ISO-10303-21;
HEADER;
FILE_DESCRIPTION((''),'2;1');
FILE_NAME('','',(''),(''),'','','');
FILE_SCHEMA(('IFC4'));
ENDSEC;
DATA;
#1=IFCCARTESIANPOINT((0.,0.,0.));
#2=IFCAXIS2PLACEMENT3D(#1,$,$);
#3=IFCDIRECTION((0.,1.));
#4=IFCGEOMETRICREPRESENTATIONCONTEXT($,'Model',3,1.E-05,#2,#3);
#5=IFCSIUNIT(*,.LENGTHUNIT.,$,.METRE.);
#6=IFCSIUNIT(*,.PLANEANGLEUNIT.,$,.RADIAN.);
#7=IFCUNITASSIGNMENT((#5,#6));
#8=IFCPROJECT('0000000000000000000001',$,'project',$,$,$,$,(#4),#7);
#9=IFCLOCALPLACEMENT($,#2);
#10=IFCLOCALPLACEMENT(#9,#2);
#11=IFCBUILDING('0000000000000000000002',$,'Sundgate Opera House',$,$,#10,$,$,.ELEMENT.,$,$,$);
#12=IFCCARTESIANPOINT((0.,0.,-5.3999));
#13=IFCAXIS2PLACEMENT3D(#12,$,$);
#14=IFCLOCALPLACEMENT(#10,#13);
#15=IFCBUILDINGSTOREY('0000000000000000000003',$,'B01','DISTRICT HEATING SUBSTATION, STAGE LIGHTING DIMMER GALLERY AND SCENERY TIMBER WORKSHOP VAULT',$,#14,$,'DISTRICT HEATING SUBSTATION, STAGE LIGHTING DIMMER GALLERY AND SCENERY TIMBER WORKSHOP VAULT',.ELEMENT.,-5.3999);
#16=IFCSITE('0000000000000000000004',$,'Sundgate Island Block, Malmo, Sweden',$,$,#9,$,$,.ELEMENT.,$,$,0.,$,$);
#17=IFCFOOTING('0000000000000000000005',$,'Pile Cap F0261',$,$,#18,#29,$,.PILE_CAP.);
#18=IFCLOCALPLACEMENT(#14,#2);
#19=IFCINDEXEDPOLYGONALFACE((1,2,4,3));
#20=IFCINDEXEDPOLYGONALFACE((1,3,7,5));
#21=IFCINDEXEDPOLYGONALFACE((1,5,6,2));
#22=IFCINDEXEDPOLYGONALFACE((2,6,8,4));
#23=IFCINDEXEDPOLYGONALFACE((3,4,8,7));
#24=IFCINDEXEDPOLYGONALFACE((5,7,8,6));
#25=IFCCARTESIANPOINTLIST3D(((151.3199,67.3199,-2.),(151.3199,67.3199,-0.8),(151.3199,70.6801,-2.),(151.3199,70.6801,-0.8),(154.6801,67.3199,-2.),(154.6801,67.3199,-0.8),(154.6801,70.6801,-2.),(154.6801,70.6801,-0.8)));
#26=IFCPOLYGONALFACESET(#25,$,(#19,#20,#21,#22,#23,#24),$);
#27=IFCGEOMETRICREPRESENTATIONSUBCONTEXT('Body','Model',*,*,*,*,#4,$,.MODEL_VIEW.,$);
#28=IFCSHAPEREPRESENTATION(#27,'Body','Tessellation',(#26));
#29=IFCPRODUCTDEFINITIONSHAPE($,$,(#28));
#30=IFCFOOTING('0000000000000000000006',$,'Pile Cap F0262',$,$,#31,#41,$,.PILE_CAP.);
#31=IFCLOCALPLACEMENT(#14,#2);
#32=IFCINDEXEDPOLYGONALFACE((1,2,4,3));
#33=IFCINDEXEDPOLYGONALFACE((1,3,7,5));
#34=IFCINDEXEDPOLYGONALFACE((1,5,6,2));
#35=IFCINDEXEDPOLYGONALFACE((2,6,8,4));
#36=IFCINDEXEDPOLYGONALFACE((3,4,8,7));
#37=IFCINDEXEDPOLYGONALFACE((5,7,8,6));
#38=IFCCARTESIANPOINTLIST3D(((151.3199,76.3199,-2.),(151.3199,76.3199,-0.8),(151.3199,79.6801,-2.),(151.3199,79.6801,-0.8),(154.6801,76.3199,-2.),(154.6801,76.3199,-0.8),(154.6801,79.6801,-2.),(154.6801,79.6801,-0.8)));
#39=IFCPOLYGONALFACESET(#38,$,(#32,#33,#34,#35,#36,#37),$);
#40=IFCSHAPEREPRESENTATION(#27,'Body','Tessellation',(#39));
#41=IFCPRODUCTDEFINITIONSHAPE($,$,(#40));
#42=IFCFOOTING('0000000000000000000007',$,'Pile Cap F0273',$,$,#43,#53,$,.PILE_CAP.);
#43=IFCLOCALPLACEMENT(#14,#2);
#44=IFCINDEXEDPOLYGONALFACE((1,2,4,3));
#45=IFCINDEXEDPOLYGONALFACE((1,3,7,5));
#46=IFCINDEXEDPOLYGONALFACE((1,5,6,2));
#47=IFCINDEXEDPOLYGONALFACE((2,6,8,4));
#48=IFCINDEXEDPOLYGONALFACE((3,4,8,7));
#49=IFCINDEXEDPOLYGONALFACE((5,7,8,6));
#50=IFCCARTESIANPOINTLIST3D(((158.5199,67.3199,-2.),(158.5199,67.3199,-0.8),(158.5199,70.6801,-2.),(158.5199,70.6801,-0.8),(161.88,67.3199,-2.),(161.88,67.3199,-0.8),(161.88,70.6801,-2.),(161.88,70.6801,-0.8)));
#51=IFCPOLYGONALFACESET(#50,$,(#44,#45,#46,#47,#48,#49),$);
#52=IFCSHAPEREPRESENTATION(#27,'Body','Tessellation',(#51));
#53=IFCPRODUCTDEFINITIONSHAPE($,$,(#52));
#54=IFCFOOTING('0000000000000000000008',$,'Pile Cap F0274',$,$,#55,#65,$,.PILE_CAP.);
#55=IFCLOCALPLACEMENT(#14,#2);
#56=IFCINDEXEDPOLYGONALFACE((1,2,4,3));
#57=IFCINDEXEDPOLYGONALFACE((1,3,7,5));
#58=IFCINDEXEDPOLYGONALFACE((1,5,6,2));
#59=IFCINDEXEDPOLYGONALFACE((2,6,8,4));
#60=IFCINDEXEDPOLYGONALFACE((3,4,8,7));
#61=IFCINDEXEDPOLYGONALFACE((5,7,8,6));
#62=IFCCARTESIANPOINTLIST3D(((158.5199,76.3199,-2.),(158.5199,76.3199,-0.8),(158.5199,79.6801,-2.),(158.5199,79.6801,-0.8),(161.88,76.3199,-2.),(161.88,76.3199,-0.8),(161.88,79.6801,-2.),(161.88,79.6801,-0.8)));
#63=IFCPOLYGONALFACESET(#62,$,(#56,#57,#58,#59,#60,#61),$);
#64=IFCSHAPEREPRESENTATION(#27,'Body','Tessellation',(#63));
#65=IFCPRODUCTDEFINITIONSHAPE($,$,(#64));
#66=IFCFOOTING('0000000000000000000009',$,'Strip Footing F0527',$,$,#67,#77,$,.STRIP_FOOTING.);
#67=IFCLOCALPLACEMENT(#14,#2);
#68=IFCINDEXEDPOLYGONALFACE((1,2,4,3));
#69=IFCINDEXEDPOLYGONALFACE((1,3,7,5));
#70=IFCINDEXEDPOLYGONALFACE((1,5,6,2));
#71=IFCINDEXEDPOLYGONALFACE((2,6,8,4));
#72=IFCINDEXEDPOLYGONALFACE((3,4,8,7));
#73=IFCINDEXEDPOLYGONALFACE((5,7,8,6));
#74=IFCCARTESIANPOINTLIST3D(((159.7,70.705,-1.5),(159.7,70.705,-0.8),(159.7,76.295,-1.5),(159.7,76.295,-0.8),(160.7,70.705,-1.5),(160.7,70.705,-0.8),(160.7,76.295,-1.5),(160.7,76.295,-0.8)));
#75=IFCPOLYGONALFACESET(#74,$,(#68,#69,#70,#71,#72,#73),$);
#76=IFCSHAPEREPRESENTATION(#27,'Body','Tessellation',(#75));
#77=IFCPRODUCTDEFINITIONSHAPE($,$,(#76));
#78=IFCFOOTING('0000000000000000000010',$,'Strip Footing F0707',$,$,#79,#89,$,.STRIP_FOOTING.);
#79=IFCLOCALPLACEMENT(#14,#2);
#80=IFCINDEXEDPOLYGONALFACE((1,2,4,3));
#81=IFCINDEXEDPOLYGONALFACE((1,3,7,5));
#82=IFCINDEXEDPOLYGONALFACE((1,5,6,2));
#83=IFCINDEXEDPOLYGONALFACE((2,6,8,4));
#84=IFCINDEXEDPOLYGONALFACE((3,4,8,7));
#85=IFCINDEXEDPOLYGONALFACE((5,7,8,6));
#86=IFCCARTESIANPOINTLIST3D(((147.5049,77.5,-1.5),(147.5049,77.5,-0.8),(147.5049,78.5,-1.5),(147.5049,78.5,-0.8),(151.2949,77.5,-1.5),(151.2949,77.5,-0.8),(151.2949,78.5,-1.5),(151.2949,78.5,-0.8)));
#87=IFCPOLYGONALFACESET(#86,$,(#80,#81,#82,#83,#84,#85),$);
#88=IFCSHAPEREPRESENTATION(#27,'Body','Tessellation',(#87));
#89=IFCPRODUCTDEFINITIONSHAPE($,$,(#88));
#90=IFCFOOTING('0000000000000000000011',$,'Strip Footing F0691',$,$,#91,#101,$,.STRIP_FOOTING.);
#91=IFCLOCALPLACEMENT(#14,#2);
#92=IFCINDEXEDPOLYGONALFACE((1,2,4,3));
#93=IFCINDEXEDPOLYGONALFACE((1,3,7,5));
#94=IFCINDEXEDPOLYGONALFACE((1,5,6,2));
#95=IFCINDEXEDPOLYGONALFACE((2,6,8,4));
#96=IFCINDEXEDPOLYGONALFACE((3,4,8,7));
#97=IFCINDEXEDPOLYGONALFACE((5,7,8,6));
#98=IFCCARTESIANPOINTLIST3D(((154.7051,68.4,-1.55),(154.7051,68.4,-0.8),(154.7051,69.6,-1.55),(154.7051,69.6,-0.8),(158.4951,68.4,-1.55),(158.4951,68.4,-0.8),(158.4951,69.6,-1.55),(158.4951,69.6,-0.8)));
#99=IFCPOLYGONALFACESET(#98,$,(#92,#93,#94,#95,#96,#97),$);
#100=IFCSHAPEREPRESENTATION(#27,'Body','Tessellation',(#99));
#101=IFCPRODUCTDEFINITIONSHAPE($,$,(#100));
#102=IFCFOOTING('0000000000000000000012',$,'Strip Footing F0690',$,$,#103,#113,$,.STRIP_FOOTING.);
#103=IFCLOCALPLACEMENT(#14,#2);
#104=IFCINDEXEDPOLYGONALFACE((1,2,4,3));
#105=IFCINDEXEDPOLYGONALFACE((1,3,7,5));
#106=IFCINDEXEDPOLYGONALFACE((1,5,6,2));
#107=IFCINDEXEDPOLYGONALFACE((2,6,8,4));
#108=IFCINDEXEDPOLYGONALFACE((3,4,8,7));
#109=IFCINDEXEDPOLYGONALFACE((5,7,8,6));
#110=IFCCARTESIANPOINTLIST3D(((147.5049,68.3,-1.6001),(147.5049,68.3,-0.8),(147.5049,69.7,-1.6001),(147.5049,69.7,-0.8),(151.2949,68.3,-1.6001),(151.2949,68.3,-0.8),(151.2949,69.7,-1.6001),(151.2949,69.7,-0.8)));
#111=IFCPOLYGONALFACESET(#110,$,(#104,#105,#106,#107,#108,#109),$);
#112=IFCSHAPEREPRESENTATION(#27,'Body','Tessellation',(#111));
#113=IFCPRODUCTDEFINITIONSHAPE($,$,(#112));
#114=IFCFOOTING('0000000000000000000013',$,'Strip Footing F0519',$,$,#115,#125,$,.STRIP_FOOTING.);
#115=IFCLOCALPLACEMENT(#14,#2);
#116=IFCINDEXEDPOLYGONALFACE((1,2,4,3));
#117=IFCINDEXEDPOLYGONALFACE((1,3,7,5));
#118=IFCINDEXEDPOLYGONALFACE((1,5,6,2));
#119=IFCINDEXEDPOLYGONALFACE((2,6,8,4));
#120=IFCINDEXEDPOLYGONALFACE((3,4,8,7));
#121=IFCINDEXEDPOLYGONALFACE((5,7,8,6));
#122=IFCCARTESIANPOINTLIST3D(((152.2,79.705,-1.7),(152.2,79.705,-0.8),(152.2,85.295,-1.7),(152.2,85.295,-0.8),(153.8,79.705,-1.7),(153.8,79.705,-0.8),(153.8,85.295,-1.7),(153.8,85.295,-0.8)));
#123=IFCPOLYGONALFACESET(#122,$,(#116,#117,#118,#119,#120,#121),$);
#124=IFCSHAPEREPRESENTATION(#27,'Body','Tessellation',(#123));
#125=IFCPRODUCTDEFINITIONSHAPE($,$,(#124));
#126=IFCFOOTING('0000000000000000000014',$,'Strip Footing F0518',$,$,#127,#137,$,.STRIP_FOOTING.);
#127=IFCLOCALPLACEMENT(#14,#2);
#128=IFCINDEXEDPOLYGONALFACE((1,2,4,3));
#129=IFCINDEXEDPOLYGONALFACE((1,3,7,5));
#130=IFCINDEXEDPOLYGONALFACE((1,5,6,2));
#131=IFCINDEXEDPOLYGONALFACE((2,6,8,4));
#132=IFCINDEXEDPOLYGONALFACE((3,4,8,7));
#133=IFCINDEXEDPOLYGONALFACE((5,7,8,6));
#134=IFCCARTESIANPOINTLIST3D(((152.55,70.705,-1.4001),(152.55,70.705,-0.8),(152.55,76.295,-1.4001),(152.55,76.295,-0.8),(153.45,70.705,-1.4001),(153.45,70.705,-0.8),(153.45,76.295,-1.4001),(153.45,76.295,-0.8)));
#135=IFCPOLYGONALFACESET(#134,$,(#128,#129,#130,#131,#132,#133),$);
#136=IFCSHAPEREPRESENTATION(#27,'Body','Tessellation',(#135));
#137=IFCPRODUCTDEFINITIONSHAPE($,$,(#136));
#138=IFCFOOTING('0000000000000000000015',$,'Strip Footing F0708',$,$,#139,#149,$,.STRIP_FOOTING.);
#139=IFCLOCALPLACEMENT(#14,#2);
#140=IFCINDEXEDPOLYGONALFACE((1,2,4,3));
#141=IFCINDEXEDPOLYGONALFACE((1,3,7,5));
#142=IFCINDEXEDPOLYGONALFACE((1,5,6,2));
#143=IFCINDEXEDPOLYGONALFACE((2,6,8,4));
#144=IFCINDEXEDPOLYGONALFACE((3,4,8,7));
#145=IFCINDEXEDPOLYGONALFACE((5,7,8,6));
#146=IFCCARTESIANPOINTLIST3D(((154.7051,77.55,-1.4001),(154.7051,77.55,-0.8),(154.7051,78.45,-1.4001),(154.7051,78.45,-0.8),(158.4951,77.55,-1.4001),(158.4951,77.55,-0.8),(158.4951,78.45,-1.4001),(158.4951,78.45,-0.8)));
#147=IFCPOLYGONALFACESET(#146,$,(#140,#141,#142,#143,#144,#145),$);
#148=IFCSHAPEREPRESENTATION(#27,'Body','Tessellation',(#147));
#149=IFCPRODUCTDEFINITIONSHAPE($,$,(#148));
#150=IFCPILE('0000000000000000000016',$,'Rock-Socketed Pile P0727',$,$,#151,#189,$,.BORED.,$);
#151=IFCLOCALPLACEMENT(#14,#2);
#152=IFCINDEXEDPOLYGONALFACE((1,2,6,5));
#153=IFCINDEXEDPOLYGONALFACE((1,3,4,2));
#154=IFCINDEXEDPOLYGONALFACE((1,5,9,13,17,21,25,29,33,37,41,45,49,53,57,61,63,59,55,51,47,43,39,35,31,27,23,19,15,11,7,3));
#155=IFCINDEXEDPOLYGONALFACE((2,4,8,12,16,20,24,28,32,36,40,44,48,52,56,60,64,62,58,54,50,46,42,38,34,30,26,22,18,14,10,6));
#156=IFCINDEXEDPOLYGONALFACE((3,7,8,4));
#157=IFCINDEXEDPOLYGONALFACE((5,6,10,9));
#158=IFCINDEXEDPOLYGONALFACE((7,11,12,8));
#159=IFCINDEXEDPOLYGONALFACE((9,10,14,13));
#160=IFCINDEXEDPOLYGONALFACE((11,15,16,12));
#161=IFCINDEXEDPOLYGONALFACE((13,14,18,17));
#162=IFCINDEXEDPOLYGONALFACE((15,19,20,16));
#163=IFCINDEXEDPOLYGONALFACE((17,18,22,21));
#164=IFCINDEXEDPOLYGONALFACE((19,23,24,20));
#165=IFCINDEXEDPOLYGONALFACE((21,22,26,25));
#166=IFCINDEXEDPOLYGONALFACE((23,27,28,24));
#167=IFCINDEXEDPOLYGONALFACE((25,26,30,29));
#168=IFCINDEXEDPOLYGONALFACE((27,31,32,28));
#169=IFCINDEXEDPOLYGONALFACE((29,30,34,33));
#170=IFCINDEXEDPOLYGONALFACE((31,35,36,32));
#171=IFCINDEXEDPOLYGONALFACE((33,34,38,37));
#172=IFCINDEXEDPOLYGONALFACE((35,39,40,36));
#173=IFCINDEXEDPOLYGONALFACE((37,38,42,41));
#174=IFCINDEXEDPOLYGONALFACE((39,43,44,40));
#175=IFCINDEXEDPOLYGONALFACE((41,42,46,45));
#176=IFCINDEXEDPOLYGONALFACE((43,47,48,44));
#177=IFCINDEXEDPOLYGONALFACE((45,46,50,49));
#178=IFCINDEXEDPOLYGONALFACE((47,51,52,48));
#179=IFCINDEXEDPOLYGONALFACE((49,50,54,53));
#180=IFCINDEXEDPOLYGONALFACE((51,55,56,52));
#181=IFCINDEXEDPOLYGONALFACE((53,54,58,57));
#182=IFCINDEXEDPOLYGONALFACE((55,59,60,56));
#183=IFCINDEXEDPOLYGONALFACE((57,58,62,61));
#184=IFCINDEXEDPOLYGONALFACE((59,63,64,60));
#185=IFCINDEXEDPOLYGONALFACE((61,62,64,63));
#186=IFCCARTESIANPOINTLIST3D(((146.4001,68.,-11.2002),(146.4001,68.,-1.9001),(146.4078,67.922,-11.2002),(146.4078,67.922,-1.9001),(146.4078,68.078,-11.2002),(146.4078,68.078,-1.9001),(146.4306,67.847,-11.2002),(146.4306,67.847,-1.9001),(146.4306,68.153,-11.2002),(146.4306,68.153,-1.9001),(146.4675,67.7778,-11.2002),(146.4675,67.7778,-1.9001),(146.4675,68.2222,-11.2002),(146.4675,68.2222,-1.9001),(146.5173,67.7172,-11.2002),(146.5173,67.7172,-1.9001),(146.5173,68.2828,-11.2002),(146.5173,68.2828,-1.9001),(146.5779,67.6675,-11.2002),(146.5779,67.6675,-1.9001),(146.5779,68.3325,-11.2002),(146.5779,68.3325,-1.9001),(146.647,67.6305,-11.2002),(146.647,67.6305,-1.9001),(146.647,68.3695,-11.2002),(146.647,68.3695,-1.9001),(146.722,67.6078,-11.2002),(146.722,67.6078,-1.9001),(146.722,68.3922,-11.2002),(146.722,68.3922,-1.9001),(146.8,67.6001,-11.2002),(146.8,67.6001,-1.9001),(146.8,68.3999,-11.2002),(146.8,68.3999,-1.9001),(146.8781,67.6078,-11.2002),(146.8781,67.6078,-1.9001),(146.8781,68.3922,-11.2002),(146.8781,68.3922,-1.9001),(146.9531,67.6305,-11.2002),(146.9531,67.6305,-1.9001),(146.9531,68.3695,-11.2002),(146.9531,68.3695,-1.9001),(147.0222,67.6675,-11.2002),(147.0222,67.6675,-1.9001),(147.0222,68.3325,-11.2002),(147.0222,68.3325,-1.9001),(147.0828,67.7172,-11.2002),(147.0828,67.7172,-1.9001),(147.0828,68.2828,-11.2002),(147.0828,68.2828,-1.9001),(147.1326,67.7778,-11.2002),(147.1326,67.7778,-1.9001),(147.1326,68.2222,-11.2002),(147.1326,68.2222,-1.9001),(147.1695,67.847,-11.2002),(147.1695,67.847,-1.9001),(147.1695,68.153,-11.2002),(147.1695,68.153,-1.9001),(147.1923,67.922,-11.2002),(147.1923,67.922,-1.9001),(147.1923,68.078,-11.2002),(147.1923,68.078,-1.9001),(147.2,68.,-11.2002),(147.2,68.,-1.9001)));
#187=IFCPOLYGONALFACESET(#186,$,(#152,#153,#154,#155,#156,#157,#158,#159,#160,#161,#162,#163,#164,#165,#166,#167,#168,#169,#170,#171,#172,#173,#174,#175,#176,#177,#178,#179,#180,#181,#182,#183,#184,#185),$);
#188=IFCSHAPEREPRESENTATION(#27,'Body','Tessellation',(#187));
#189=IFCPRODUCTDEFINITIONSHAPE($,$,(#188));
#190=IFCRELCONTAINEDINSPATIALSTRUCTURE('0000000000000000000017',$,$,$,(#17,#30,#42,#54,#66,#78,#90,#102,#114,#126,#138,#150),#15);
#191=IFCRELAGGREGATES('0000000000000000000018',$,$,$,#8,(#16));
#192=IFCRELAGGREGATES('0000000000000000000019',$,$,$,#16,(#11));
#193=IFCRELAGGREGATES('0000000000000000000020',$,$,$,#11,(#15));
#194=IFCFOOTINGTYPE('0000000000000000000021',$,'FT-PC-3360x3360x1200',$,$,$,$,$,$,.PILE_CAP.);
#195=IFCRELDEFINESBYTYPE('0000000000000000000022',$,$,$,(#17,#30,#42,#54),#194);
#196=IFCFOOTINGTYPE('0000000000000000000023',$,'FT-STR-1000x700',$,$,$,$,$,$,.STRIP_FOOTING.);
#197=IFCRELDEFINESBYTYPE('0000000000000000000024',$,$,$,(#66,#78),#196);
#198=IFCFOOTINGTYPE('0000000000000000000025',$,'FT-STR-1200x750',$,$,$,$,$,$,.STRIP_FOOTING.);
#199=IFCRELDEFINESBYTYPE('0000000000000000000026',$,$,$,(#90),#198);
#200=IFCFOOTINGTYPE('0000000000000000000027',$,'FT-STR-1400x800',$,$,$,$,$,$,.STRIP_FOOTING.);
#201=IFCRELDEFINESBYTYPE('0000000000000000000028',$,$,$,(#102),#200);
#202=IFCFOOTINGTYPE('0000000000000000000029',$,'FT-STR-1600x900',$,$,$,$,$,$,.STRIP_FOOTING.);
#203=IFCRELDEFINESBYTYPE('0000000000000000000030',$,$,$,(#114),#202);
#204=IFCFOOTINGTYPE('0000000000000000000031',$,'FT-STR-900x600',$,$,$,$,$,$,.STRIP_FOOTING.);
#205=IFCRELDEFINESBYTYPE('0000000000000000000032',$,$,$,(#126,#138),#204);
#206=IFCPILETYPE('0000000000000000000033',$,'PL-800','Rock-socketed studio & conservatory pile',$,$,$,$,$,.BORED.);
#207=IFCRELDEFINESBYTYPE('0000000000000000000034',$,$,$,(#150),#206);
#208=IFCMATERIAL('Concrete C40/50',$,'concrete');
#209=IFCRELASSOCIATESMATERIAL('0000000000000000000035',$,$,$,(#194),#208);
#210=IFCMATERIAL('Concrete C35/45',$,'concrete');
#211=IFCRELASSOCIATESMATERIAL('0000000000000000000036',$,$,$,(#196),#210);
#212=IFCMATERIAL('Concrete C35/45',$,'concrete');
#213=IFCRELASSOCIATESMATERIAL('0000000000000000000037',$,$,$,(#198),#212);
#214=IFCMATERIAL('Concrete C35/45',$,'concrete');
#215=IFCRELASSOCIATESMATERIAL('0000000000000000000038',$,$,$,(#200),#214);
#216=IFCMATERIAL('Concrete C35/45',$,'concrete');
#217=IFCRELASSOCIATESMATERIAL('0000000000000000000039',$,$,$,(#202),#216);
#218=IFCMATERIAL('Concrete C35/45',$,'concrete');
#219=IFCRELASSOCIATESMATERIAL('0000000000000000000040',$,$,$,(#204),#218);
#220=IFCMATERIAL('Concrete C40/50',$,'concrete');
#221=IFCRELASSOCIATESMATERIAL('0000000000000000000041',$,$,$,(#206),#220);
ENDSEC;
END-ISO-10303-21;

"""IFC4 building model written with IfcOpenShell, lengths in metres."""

from ifc_helpers import new_model, si_unit, direction, frame, origin, origin_2d, place, context, subcontext, project, spatial, rectangle, circle, extrude, material, material_profile, profile_set, type_object, element, save


model = new_model("IFC4")

# Units and contexts
model_context = context("Model", 3, precision=1e-05, world=origin(), true_north=direction((0.0, 1.0)))
body_context = subcontext(model_context, "Body", "Model", "MODEL_VIEW")
ifc_project = project(units=[si_unit("LENGTHUNIT", "METRE"), si_unit("PLANEANGLEUNIT", "RADIAN")], contexts=[model_context])

# Site, building, storey
site_placement = place(None, origin())
site = spatial("IfcSite", under=ifc_project, at=site_placement, Name="Sundgate Island Block, Malmo, Sweden", CompositionType="ELEMENT", RefElevation=0.0)
building_placement = place(site_placement, origin())
building = spatial("IfcBuilding", under=site, at=building_placement, Name="Sundgate Opera House", CompositionType="ELEMENT")
storey_placement = place(building_placement, frame((0.0, 0.0, -5.3999)))
storey = spatial("IfcBuildingStorey", under=building, at=storey_placement, Name="B01", Description="DISTRICT HEATING SUBSTATION, STAGE LIGHTING DIMMER GALLERY AND SCENERY TIMBER WORKSHOP VAULT", LongName="DISTRICT HEATING SUBSTATION, STAGE LIGHTING DIMMER GALLERY AND SCENERY TIMBER WORKSHOP VAULT", CompositionType="ELEMENT", Elevation=-5.3999)

# Footings
ifc_material_1 = material(Name="Concrete C40/50", Category="concrete")
footing_type_1 = type_object("IfcFootingType", Name="FT-PC-3360x3360x1200", PredefinedType="PILE_CAP", material=ifc_material_1)
for number, where, z_axis, x_axis, name in (
    (1, (153.0, 69.0, -2.0), (0.0, 0.0, 1.0), (1.0, 0.0, 0.0), "Pile Cap F0261"),
    (2, (153.0, 78.0, -2.0), (0.0, 0.0, 1.0), (1.0, 0.0, 0.0), "Pile Cap F0262"),
    (3, (160.2, 69.0, -2.0), (0.0, 0.0, 1.0), (1.0, 0.0, 0.0), "Pile Cap F0273"),
    (4, (160.2, 78.0, -2.0), (0.0, 0.0, 1.0), (1.0, 0.0, 0.0), "Pile Cap F0274"),
):
    element("IfcFooting", number, at=place(storey_placement, frame(where, z_axis=z_axis, x_axis=x_axis)), inside=storey, type_object=footing_type_1, Name=name, PredefinedType="PILE_CAP", context=body_context, shape_type="SweptSolid", body=[
        extrude(rectangle(XDim=3.3601, YDim=3.3601, at=origin_2d()), origin(), (0.0, 0.0, 1.0), 1.2),
    ])
ifc_material_2 = material(Name="Concrete C35/45", Category="concrete")
footing_type_2 = type_object("IfcFootingType", Name="FT-STR-1000x700", PredefinedType="STRIP_FOOTING", material=ifc_material_2)
footing_1_placement = place(storey_placement, frame((160.2, 73.5, -1.5), z_axis=(0.0, 0.0, 1.0), x_axis=(1.0, 0.0, 0.0)))
element("IfcFooting", 5, at=footing_1_placement, inside=storey, type_object=footing_type_2, Name="Strip Footing F0527", PredefinedType="STRIP_FOOTING", context=body_context, shape_type="SweptSolid", body=[
    extrude(rectangle(XDim=1.0, YDim=5.5901, at=origin_2d()), origin(), (0.0, 0.0, 1.0), 0.7),
])
footing_2_placement = place(storey_placement, frame((149.3999, 78.0, -1.5), z_axis=(0.0, 0.0, 1.0), x_axis=(1.0, 0.0, 0.0)))
element("IfcFooting", 6, at=footing_2_placement, inside=storey, type_object=footing_type_2, Name="Strip Footing F0707", PredefinedType="STRIP_FOOTING", context=body_context, shape_type="SweptSolid", body=[
    extrude(rectangle(XDim=3.79, YDim=1.0, at=origin_2d()), origin(), (0.0, 0.0, 1.0), 0.7),
])
ifc_material_3 = material(Name="Concrete C35/45", Category="concrete")
footing_type_3 = type_object("IfcFootingType", Name="FT-STR-1200x750", PredefinedType="STRIP_FOOTING", material=ifc_material_3)
footing_3_placement = place(storey_placement, frame((156.6001, 69.0, -1.55), z_axis=(0.0, 0.0, 1.0), x_axis=(1.0, 0.0, 0.0)))
element("IfcFooting", 7, at=footing_3_placement, inside=storey, type_object=footing_type_3, Name="Strip Footing F0691", PredefinedType="STRIP_FOOTING", context=body_context, shape_type="SweptSolid", body=[
    extrude(rectangle(XDim=3.79, YDim=1.2, at=origin_2d()), origin(), (0.0, 0.0, 1.0), 0.75),
])
ifc_material_4 = material(Name="Concrete C35/45", Category="concrete")
footing_type_4 = type_object("IfcFootingType", Name="FT-STR-1400x800", PredefinedType="STRIP_FOOTING", material=ifc_material_4)
footing_4_placement = place(storey_placement, frame((149.3999, 69.0, -1.6001), z_axis=(0.0, 0.0, 1.0), x_axis=(1.0, 0.0, 0.0)))
element("IfcFooting", 8, at=footing_4_placement, inside=storey, type_object=footing_type_4, Name="Strip Footing F0690", PredefinedType="STRIP_FOOTING", context=body_context, shape_type="SweptSolid", body=[
    extrude(rectangle(XDim=3.79, YDim=1.3999, at=origin_2d()), origin(), (0.0, 0.0, 1.0), 0.8),
])
ifc_material_5 = material(Name="Concrete C35/45", Category="concrete")
footing_type_5 = type_object("IfcFootingType", Name="FT-STR-1600x900", PredefinedType="STRIP_FOOTING", material=ifc_material_5)
footing_5_placement = place(storey_placement, frame((153.0, 82.5, -1.7), z_axis=(0.0, 0.0, 1.0), x_axis=(1.0, 0.0, 0.0)))
element("IfcFooting", 9, at=footing_5_placement, inside=storey, type_object=footing_type_5, Name="Strip Footing F0519", PredefinedType="STRIP_FOOTING", context=body_context, shape_type="SweptSolid", body=[
    extrude(rectangle(XDim=1.6001, YDim=5.5901, at=origin_2d()), origin(), (0.0, 0.0, 1.0), 0.8999),
])
ifc_material_6 = material(Name="Concrete C35/45", Category="concrete")
footing_type_6 = type_object("IfcFootingType", Name="FT-STR-900x600", PredefinedType="STRIP_FOOTING", material=ifc_material_6)
footing_6_placement = place(storey_placement, frame((153.0, 73.5, -1.4001), z_axis=(0.0, 0.0, 1.0), x_axis=(1.0, 0.0, 0.0)))
element("IfcFooting", 10, at=footing_6_placement, inside=storey, type_object=footing_type_6, Name="Strip Footing F0518", PredefinedType="STRIP_FOOTING", context=body_context, shape_type="SweptSolid", body=[
    extrude(rectangle(XDim=0.8999, YDim=5.5901, at=origin_2d()), origin(), (0.0, 0.0, 1.0), 0.6001),
])
footing_7_placement = place(storey_placement, frame((156.6001, 78.0, -1.4001), z_axis=(0.0, 0.0, 1.0), x_axis=(1.0, 0.0, 0.0)))
element("IfcFooting", 11, at=footing_7_placement, inside=storey, type_object=footing_type_6, Name="Strip Footing F0708", PredefinedType="STRIP_FOOTING", context=body_context, shape_type="SweptSolid", body=[
    extrude(rectangle(XDim=3.79, YDim=0.8999, at=origin_2d()), origin(), (0.0, 0.0, 1.0), 0.6001),
])

# Pile
ifc_material_7 = material(Name="Concrete C40/50", Category="concrete")
ifc_material_profile_1 = material_profile(ifc_material_7, circle(Radius=0.3999, at=origin_2d()), Name="PILE D800")
ifc_profile_set_1 = profile_set([ifc_material_profile_1], Name="Concrete C40/50")
pile_type = type_object("IfcPileType", Name="PL-800", Description="Rock-socketed studio & conservatory pile", PredefinedType="BORED", material=ifc_profile_set_1)
for number, where, z_axis, x_axis, name in (
    (12, (146.8, 68.0, -1.9001), (0.0, 0.0, -1.0), (1.0, 0.0, 0.0), "Rock-Socketed Pile P0727"),
):
    element("IfcPile", number, at=place(storey_placement, frame(where, z_axis=z_axis, x_axis=x_axis)), inside=storey, type_object=pile_type, Name=name, PredefinedType="BORED", context=body_context, shape_type="SweptSolid", body=[
        extrude(circle(Radius=0.3999, at=origin_2d()), origin(), (0.0, 0.0, 1.0), 9.3),
    ])

save(model, "model.ifc")
